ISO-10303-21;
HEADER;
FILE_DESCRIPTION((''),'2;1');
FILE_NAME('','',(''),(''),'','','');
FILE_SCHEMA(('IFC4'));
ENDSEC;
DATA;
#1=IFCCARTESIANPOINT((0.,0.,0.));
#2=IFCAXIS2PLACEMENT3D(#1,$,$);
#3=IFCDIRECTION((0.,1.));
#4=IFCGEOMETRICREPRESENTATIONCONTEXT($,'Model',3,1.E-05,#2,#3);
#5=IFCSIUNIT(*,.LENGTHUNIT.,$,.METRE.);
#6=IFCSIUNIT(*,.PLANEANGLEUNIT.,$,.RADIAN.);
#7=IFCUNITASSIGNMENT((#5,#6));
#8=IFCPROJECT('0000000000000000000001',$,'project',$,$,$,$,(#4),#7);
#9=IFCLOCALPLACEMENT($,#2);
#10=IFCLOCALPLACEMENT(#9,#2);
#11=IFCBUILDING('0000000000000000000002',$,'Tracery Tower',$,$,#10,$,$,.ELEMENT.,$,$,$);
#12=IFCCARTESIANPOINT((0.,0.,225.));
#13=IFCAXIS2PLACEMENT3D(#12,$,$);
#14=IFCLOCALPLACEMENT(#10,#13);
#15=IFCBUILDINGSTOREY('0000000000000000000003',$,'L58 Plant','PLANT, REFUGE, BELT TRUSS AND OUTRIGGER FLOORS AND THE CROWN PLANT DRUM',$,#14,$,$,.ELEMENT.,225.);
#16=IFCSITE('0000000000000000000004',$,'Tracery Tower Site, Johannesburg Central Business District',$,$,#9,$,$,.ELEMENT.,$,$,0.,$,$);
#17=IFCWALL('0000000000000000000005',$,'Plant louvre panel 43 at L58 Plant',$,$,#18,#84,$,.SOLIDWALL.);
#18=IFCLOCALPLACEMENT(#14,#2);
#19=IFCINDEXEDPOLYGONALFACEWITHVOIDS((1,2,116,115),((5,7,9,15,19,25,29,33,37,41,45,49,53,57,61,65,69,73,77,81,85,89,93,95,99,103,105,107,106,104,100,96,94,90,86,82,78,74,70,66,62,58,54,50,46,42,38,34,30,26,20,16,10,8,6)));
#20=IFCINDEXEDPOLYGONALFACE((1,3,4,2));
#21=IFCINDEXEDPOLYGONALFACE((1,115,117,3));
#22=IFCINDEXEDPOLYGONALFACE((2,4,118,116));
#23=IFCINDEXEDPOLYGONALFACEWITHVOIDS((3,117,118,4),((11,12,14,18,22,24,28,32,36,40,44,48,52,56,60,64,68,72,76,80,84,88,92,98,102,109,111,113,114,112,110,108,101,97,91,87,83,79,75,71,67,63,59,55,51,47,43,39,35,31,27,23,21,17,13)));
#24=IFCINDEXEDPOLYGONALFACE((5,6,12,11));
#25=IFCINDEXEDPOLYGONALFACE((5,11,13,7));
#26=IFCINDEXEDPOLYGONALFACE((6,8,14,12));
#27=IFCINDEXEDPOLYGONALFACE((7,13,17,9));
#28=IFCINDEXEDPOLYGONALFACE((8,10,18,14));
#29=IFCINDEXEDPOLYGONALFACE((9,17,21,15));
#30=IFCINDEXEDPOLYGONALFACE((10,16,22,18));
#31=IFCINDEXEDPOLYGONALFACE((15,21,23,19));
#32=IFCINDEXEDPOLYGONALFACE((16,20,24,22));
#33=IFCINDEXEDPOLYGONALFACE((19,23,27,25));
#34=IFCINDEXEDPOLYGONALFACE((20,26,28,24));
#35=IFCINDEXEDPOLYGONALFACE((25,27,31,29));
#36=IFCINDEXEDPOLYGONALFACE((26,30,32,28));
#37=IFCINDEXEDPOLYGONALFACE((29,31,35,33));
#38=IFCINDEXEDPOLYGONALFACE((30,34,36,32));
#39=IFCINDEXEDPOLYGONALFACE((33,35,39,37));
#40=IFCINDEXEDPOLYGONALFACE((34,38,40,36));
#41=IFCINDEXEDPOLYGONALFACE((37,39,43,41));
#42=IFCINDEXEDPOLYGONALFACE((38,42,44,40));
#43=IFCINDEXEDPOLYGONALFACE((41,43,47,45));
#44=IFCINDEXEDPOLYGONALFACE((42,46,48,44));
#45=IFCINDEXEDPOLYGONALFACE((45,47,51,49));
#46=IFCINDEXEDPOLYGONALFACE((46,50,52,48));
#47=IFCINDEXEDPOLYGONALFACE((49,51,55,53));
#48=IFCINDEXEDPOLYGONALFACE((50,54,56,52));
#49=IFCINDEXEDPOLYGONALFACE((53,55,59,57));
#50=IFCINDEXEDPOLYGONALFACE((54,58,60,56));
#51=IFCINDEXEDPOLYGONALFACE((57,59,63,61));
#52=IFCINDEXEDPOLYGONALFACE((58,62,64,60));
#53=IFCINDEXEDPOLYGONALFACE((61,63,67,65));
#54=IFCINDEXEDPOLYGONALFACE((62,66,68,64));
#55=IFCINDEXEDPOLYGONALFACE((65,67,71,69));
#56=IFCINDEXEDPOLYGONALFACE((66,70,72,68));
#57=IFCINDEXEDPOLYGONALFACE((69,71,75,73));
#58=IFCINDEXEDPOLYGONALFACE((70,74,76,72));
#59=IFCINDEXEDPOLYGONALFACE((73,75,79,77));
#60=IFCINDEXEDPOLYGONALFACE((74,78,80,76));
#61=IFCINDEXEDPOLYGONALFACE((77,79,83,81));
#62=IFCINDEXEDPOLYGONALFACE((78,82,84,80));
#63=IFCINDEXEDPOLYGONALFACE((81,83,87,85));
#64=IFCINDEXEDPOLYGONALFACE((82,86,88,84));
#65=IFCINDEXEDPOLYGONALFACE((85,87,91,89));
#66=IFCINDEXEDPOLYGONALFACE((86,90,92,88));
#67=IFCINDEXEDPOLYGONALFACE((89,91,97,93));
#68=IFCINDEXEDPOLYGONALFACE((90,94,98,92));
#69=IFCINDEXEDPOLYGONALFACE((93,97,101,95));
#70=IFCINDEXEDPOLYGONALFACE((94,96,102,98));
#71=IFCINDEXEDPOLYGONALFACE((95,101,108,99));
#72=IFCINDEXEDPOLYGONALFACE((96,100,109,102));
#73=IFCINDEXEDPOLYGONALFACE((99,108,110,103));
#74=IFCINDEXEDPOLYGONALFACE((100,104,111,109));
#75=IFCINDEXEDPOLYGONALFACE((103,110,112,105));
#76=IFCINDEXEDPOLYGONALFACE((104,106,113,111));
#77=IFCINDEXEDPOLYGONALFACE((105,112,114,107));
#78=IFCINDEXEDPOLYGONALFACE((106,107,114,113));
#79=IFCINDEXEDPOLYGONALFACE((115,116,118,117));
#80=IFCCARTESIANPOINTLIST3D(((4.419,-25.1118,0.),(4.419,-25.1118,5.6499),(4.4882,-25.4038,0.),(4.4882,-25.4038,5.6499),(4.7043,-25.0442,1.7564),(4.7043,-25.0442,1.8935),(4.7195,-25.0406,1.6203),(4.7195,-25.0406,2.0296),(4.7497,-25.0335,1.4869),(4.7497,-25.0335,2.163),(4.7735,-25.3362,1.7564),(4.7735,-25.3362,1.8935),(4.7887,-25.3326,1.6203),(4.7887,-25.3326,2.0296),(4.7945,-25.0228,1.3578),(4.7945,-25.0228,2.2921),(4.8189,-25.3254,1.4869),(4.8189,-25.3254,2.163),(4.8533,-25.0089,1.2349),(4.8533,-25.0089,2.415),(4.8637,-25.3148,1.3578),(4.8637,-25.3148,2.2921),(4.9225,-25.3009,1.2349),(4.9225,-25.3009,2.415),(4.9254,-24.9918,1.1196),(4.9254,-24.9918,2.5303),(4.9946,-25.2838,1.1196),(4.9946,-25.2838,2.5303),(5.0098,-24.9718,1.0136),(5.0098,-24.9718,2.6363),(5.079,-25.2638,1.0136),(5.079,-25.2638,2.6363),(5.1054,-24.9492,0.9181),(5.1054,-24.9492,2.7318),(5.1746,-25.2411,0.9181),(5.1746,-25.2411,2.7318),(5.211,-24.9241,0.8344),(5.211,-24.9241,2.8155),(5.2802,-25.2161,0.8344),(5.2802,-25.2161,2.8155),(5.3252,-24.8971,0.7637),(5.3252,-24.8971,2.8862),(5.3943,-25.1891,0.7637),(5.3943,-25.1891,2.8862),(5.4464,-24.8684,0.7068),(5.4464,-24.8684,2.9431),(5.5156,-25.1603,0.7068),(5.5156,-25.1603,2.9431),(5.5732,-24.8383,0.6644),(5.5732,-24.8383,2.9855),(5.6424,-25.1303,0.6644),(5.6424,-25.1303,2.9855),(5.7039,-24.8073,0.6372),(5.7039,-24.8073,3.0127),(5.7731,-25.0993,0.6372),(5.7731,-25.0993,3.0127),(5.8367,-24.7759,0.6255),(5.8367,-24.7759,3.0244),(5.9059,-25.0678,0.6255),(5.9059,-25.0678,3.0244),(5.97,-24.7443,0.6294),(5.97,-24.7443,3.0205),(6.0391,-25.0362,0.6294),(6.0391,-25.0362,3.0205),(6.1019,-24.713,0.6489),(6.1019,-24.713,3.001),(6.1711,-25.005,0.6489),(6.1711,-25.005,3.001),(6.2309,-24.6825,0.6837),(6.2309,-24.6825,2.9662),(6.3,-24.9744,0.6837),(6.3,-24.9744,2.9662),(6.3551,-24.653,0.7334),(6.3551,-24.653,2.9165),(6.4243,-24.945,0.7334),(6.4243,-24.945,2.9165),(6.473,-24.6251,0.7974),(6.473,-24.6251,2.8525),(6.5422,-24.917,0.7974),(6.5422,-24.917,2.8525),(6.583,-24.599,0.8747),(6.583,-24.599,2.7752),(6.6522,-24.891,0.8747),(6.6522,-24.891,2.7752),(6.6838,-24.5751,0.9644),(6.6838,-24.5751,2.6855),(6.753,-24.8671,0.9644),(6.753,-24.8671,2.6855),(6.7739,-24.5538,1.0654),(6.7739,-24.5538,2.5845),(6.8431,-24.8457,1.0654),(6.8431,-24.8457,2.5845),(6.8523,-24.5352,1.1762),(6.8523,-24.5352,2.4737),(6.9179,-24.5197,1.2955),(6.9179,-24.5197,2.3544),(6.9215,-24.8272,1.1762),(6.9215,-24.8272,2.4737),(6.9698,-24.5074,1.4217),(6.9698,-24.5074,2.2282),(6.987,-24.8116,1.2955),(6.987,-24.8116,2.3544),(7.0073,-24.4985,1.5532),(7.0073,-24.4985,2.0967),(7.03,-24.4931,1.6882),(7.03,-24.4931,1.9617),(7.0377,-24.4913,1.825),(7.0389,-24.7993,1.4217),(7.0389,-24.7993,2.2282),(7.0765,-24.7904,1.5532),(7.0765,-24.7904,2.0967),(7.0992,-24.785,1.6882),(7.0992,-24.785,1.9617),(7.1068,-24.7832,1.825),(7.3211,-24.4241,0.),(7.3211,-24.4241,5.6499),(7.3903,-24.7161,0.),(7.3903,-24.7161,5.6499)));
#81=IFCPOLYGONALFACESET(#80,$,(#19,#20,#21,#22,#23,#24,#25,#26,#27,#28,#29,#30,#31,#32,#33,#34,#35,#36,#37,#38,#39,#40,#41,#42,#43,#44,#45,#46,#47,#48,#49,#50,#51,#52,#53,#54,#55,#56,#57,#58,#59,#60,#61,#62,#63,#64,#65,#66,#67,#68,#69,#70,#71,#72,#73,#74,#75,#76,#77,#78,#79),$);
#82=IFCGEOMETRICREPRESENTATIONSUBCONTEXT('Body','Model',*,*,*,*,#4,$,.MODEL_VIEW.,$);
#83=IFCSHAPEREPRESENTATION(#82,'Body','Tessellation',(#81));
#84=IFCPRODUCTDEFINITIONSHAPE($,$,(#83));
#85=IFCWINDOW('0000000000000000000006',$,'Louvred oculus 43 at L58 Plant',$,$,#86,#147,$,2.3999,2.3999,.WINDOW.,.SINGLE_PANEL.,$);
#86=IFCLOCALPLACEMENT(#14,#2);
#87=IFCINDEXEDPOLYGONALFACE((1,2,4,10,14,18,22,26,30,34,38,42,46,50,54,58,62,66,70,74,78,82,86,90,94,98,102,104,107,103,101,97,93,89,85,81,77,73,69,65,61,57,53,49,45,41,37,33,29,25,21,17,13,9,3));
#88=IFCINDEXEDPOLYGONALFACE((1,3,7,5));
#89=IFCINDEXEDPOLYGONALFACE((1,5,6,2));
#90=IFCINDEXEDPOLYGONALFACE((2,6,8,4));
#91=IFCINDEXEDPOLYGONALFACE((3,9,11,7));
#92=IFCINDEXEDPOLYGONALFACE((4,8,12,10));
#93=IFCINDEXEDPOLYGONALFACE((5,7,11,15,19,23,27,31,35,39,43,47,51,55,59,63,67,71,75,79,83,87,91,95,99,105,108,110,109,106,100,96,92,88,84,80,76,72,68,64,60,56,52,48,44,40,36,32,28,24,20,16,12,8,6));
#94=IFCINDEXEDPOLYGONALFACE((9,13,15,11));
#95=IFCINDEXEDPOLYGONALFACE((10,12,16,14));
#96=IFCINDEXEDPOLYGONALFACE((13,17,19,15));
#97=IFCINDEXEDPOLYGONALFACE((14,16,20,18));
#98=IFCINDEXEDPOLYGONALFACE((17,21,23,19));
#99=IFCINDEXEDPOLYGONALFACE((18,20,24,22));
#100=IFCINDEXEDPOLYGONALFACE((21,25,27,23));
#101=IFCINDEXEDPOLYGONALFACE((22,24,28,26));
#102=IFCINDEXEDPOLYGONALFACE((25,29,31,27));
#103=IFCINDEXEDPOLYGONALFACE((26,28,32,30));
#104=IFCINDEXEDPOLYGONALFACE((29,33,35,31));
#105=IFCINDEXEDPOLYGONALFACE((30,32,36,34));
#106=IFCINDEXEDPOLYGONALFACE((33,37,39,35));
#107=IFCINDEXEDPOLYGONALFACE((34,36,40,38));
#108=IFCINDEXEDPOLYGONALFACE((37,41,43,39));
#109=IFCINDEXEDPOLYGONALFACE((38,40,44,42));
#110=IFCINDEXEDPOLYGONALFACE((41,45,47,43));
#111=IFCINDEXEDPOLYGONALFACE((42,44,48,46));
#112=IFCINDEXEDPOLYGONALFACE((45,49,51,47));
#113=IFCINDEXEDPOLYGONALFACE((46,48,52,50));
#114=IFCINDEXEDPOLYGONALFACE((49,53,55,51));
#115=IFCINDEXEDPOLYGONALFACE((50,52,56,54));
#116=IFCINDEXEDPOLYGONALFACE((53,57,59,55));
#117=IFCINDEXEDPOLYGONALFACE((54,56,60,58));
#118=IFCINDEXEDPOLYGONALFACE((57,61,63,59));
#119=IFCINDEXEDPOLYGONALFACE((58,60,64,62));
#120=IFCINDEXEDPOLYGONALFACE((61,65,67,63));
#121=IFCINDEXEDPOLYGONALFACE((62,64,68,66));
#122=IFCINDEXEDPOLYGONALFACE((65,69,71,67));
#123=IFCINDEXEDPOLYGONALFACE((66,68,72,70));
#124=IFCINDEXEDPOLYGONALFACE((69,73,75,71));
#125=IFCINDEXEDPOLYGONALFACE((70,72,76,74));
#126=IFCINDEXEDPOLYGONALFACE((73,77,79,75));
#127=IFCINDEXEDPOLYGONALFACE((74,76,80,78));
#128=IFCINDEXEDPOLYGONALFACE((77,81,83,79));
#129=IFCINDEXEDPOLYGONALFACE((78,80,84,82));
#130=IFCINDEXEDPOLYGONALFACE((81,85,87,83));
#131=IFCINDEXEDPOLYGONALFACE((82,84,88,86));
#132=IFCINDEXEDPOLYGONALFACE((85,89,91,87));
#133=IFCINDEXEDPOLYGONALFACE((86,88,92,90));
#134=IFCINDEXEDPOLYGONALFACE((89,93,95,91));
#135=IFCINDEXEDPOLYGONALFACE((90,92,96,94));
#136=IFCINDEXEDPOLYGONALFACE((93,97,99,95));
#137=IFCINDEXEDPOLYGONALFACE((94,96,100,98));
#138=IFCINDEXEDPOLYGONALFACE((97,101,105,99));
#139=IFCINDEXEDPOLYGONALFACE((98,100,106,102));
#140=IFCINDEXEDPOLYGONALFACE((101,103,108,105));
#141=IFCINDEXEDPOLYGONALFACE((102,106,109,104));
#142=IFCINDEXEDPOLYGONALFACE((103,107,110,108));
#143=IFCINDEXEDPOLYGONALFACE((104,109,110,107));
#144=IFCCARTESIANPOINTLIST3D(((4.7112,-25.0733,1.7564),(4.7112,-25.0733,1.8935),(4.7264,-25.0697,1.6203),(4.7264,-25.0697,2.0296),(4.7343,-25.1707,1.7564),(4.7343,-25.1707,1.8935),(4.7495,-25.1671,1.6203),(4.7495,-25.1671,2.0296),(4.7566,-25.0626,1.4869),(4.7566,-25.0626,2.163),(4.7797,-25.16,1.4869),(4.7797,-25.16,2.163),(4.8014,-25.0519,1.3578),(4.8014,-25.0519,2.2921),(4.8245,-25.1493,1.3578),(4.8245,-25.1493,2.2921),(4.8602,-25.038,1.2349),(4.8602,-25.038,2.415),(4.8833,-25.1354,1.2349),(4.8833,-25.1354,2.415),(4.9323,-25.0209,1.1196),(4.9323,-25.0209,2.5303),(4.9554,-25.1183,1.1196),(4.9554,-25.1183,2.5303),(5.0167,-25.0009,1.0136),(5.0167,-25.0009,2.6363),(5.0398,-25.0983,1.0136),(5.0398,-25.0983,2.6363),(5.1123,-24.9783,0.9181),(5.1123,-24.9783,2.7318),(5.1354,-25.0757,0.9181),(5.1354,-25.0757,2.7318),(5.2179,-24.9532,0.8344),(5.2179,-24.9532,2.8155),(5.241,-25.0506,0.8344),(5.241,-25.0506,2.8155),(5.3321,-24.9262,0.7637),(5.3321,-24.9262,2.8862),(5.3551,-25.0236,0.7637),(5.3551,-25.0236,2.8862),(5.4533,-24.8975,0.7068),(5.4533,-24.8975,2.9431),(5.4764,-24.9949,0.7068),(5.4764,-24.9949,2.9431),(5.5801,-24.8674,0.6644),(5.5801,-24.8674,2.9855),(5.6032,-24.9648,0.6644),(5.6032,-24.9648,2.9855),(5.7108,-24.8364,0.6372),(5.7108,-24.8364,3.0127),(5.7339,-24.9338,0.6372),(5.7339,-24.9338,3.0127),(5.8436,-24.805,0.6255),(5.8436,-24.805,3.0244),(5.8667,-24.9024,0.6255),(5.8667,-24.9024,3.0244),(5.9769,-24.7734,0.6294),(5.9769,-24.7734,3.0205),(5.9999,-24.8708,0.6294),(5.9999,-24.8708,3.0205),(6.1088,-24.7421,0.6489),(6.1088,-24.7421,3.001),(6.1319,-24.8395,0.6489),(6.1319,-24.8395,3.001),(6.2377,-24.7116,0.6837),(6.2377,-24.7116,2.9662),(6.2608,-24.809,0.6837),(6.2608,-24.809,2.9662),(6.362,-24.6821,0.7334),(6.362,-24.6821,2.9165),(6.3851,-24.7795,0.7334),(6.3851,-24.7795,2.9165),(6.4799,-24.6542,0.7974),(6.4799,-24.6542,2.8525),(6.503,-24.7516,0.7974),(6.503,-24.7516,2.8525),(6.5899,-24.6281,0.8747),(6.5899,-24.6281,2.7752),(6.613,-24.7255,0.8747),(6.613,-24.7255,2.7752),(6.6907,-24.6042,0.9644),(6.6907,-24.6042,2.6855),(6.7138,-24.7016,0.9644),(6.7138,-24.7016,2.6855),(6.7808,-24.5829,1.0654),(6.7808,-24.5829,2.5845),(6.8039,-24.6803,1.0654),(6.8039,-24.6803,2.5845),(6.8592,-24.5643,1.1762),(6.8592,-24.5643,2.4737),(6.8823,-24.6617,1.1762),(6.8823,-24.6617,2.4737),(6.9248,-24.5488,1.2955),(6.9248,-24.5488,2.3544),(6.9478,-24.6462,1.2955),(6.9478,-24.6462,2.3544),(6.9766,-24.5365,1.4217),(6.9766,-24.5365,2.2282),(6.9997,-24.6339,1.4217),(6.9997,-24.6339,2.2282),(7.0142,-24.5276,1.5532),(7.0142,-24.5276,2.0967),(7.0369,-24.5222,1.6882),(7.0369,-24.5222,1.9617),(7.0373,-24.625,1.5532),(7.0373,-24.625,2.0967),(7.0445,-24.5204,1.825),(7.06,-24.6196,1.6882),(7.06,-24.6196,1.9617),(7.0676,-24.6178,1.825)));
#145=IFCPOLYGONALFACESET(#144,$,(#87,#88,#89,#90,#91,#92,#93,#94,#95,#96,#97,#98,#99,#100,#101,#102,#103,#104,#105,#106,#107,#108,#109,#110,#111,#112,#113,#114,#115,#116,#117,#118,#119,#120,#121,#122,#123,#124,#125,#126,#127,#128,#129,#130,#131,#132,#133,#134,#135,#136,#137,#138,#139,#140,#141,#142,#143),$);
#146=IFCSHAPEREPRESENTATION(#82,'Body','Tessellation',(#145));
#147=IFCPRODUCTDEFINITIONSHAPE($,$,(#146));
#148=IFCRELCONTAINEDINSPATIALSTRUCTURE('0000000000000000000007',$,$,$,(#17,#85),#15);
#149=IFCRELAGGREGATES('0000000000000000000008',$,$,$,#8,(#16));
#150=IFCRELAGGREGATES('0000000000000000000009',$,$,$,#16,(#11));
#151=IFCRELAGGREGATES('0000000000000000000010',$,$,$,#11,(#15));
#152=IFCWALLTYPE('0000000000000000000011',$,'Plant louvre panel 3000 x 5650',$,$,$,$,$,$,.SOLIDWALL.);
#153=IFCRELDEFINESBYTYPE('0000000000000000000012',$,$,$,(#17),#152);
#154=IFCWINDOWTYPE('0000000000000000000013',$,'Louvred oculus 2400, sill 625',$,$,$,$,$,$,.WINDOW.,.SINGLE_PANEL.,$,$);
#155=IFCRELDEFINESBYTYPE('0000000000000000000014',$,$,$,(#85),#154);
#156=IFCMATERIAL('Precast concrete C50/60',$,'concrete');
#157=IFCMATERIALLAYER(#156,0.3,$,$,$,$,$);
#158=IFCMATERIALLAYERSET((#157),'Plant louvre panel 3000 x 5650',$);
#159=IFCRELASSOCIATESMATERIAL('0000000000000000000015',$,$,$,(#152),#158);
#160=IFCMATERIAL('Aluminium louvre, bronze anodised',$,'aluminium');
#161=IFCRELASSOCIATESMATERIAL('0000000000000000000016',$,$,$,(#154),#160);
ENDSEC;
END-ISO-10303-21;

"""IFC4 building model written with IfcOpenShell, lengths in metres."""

from ifc_helpers import new_model, si_unit, direction, frame, frame_2d, origin, origin_2d, place, context, subcontext, project, spatial, rectangle, circle, extrude, material, layer, layer_set, type_object, element, fill, save


model = new_model("IFC4")

# Units and contexts
model_context = context("Model", 3, precision=1e-05, world=origin(), true_north=direction((0.0, 1.0)))
body_context = subcontext(model_context, "Body", "Model", "MODEL_VIEW")
ifc_project = project(units=[si_unit("LENGTHUNIT", "METRE"), si_unit("PLANEANGLEUNIT", "RADIAN")], contexts=[model_context])

# Site, building, storey
site_placement = place(None, origin())
site = spatial("IfcSite", under=ifc_project, at=site_placement, Name="Tracery Tower Site, Johannesburg Central Business District", CompositionType="ELEMENT", RefElevation=0.0)
building_placement = place(site_placement, origin())
building = spatial("IfcBuilding", under=site, at=building_placement, Name="Tracery Tower", CompositionType="ELEMENT")
storey_placement = place(building_placement, frame((0.0, 0.0, 225.0)))
storey = spatial("IfcBuildingStorey", under=building, at=storey_placement, Name="L58 Plant", Description="PLANT, REFUGE, BELT TRUSS AND OUTRIGGER FLOORS AND THE CROWN PLANT DRUM", CompositionType="ELEMENT", Elevation=225.0)

# Wall, opening, window
ifc_material_1 = material(Name="Precast concrete C50/60", Category="concrete")
ifc_layer_1 = layer(ifc_material_1, 0.3)
ifc_layer_set_1 = layer_set([ifc_layer_1], Name="Plant louvre panel 3000 x 5650")
wall_type_1 = type_object("IfcWallType", Name="Plant louvre panel 3000 x 5650", PredefinedType="SOLIDWALL", material=ifc_layer_set_1)
ifc_material_2 = material(Name="Aluminium louvre, bronze anodised", Category="aluminium")
window_type = type_object("IfcWindowType", Name="Louvred oculus 2400, sill 625", PartitioningType="SINGLE_PANEL", PredefinedType="WINDOW", material=ifc_material_2)
wall_1_placement = place(storey_placement, frame((4.4536, -25.2578, 0.0), z_axis=(0.0, 0.0, 1.0), x_axis=(0.97305, 0.230595, 0.0)))
wall_1 = element("IfcWall", 1, at=wall_1_placement, inside=storey, type_object=wall_type_1, Name="Plant louvre panel 43 at L58 Plant", PredefinedType="SOLIDWALL", context=body_context, shape_type="SweptSolid", body=[
    extrude(rectangle(XDim=2.9824, YDim=0.3, at=frame_2d((1.4912, 0.0))), origin(), (0.0, 0.0, 1.0), 5.6499),
])
opening_1_placement = place(wall_1_placement, frame((1.4912, 0.0, 1.825)))
opening_1 = element("IfcOpeningElement", 2, at=opening_1_placement, cuts=wall_1, PredefinedType="OPENING", context=body_context, shape_type="SweptSolid", body=[
    extrude(circle(Radius=1.2, at=origin_2d()), frame((0.0, 0.1599, 0.0), z_axis=(0.0, -1.0, 0.0), x_axis=(1.0, 0.0, 0.0)), (0.0, 0.0, 1.0), 0.3201),
])
window_1_placement = place(opening_1_placement, origin())
window_1 = element("IfcWindow", 3, at=window_1_placement, inside=storey, type_object=window_type, Name="Louvred oculus 43 at L58 Plant", OverallHeight=2.3999, OverallWidth=2.3999, PartitioningType="SINGLE_PANEL", PredefinedType="WINDOW", context=body_context, shape_type="SweptSolid", body=[
    extrude(circle(Radius=1.2, at=origin_2d()), frame((0.0, 0.1201, 0.0), z_axis=(0.0, -1.0, 0.0), x_axis=(1.0, 0.0, 0.0)), (0.0, 0.0, 1.0), 0.1001),
])
fill(opening_1, window_1)

save(model, "model.ifc")
